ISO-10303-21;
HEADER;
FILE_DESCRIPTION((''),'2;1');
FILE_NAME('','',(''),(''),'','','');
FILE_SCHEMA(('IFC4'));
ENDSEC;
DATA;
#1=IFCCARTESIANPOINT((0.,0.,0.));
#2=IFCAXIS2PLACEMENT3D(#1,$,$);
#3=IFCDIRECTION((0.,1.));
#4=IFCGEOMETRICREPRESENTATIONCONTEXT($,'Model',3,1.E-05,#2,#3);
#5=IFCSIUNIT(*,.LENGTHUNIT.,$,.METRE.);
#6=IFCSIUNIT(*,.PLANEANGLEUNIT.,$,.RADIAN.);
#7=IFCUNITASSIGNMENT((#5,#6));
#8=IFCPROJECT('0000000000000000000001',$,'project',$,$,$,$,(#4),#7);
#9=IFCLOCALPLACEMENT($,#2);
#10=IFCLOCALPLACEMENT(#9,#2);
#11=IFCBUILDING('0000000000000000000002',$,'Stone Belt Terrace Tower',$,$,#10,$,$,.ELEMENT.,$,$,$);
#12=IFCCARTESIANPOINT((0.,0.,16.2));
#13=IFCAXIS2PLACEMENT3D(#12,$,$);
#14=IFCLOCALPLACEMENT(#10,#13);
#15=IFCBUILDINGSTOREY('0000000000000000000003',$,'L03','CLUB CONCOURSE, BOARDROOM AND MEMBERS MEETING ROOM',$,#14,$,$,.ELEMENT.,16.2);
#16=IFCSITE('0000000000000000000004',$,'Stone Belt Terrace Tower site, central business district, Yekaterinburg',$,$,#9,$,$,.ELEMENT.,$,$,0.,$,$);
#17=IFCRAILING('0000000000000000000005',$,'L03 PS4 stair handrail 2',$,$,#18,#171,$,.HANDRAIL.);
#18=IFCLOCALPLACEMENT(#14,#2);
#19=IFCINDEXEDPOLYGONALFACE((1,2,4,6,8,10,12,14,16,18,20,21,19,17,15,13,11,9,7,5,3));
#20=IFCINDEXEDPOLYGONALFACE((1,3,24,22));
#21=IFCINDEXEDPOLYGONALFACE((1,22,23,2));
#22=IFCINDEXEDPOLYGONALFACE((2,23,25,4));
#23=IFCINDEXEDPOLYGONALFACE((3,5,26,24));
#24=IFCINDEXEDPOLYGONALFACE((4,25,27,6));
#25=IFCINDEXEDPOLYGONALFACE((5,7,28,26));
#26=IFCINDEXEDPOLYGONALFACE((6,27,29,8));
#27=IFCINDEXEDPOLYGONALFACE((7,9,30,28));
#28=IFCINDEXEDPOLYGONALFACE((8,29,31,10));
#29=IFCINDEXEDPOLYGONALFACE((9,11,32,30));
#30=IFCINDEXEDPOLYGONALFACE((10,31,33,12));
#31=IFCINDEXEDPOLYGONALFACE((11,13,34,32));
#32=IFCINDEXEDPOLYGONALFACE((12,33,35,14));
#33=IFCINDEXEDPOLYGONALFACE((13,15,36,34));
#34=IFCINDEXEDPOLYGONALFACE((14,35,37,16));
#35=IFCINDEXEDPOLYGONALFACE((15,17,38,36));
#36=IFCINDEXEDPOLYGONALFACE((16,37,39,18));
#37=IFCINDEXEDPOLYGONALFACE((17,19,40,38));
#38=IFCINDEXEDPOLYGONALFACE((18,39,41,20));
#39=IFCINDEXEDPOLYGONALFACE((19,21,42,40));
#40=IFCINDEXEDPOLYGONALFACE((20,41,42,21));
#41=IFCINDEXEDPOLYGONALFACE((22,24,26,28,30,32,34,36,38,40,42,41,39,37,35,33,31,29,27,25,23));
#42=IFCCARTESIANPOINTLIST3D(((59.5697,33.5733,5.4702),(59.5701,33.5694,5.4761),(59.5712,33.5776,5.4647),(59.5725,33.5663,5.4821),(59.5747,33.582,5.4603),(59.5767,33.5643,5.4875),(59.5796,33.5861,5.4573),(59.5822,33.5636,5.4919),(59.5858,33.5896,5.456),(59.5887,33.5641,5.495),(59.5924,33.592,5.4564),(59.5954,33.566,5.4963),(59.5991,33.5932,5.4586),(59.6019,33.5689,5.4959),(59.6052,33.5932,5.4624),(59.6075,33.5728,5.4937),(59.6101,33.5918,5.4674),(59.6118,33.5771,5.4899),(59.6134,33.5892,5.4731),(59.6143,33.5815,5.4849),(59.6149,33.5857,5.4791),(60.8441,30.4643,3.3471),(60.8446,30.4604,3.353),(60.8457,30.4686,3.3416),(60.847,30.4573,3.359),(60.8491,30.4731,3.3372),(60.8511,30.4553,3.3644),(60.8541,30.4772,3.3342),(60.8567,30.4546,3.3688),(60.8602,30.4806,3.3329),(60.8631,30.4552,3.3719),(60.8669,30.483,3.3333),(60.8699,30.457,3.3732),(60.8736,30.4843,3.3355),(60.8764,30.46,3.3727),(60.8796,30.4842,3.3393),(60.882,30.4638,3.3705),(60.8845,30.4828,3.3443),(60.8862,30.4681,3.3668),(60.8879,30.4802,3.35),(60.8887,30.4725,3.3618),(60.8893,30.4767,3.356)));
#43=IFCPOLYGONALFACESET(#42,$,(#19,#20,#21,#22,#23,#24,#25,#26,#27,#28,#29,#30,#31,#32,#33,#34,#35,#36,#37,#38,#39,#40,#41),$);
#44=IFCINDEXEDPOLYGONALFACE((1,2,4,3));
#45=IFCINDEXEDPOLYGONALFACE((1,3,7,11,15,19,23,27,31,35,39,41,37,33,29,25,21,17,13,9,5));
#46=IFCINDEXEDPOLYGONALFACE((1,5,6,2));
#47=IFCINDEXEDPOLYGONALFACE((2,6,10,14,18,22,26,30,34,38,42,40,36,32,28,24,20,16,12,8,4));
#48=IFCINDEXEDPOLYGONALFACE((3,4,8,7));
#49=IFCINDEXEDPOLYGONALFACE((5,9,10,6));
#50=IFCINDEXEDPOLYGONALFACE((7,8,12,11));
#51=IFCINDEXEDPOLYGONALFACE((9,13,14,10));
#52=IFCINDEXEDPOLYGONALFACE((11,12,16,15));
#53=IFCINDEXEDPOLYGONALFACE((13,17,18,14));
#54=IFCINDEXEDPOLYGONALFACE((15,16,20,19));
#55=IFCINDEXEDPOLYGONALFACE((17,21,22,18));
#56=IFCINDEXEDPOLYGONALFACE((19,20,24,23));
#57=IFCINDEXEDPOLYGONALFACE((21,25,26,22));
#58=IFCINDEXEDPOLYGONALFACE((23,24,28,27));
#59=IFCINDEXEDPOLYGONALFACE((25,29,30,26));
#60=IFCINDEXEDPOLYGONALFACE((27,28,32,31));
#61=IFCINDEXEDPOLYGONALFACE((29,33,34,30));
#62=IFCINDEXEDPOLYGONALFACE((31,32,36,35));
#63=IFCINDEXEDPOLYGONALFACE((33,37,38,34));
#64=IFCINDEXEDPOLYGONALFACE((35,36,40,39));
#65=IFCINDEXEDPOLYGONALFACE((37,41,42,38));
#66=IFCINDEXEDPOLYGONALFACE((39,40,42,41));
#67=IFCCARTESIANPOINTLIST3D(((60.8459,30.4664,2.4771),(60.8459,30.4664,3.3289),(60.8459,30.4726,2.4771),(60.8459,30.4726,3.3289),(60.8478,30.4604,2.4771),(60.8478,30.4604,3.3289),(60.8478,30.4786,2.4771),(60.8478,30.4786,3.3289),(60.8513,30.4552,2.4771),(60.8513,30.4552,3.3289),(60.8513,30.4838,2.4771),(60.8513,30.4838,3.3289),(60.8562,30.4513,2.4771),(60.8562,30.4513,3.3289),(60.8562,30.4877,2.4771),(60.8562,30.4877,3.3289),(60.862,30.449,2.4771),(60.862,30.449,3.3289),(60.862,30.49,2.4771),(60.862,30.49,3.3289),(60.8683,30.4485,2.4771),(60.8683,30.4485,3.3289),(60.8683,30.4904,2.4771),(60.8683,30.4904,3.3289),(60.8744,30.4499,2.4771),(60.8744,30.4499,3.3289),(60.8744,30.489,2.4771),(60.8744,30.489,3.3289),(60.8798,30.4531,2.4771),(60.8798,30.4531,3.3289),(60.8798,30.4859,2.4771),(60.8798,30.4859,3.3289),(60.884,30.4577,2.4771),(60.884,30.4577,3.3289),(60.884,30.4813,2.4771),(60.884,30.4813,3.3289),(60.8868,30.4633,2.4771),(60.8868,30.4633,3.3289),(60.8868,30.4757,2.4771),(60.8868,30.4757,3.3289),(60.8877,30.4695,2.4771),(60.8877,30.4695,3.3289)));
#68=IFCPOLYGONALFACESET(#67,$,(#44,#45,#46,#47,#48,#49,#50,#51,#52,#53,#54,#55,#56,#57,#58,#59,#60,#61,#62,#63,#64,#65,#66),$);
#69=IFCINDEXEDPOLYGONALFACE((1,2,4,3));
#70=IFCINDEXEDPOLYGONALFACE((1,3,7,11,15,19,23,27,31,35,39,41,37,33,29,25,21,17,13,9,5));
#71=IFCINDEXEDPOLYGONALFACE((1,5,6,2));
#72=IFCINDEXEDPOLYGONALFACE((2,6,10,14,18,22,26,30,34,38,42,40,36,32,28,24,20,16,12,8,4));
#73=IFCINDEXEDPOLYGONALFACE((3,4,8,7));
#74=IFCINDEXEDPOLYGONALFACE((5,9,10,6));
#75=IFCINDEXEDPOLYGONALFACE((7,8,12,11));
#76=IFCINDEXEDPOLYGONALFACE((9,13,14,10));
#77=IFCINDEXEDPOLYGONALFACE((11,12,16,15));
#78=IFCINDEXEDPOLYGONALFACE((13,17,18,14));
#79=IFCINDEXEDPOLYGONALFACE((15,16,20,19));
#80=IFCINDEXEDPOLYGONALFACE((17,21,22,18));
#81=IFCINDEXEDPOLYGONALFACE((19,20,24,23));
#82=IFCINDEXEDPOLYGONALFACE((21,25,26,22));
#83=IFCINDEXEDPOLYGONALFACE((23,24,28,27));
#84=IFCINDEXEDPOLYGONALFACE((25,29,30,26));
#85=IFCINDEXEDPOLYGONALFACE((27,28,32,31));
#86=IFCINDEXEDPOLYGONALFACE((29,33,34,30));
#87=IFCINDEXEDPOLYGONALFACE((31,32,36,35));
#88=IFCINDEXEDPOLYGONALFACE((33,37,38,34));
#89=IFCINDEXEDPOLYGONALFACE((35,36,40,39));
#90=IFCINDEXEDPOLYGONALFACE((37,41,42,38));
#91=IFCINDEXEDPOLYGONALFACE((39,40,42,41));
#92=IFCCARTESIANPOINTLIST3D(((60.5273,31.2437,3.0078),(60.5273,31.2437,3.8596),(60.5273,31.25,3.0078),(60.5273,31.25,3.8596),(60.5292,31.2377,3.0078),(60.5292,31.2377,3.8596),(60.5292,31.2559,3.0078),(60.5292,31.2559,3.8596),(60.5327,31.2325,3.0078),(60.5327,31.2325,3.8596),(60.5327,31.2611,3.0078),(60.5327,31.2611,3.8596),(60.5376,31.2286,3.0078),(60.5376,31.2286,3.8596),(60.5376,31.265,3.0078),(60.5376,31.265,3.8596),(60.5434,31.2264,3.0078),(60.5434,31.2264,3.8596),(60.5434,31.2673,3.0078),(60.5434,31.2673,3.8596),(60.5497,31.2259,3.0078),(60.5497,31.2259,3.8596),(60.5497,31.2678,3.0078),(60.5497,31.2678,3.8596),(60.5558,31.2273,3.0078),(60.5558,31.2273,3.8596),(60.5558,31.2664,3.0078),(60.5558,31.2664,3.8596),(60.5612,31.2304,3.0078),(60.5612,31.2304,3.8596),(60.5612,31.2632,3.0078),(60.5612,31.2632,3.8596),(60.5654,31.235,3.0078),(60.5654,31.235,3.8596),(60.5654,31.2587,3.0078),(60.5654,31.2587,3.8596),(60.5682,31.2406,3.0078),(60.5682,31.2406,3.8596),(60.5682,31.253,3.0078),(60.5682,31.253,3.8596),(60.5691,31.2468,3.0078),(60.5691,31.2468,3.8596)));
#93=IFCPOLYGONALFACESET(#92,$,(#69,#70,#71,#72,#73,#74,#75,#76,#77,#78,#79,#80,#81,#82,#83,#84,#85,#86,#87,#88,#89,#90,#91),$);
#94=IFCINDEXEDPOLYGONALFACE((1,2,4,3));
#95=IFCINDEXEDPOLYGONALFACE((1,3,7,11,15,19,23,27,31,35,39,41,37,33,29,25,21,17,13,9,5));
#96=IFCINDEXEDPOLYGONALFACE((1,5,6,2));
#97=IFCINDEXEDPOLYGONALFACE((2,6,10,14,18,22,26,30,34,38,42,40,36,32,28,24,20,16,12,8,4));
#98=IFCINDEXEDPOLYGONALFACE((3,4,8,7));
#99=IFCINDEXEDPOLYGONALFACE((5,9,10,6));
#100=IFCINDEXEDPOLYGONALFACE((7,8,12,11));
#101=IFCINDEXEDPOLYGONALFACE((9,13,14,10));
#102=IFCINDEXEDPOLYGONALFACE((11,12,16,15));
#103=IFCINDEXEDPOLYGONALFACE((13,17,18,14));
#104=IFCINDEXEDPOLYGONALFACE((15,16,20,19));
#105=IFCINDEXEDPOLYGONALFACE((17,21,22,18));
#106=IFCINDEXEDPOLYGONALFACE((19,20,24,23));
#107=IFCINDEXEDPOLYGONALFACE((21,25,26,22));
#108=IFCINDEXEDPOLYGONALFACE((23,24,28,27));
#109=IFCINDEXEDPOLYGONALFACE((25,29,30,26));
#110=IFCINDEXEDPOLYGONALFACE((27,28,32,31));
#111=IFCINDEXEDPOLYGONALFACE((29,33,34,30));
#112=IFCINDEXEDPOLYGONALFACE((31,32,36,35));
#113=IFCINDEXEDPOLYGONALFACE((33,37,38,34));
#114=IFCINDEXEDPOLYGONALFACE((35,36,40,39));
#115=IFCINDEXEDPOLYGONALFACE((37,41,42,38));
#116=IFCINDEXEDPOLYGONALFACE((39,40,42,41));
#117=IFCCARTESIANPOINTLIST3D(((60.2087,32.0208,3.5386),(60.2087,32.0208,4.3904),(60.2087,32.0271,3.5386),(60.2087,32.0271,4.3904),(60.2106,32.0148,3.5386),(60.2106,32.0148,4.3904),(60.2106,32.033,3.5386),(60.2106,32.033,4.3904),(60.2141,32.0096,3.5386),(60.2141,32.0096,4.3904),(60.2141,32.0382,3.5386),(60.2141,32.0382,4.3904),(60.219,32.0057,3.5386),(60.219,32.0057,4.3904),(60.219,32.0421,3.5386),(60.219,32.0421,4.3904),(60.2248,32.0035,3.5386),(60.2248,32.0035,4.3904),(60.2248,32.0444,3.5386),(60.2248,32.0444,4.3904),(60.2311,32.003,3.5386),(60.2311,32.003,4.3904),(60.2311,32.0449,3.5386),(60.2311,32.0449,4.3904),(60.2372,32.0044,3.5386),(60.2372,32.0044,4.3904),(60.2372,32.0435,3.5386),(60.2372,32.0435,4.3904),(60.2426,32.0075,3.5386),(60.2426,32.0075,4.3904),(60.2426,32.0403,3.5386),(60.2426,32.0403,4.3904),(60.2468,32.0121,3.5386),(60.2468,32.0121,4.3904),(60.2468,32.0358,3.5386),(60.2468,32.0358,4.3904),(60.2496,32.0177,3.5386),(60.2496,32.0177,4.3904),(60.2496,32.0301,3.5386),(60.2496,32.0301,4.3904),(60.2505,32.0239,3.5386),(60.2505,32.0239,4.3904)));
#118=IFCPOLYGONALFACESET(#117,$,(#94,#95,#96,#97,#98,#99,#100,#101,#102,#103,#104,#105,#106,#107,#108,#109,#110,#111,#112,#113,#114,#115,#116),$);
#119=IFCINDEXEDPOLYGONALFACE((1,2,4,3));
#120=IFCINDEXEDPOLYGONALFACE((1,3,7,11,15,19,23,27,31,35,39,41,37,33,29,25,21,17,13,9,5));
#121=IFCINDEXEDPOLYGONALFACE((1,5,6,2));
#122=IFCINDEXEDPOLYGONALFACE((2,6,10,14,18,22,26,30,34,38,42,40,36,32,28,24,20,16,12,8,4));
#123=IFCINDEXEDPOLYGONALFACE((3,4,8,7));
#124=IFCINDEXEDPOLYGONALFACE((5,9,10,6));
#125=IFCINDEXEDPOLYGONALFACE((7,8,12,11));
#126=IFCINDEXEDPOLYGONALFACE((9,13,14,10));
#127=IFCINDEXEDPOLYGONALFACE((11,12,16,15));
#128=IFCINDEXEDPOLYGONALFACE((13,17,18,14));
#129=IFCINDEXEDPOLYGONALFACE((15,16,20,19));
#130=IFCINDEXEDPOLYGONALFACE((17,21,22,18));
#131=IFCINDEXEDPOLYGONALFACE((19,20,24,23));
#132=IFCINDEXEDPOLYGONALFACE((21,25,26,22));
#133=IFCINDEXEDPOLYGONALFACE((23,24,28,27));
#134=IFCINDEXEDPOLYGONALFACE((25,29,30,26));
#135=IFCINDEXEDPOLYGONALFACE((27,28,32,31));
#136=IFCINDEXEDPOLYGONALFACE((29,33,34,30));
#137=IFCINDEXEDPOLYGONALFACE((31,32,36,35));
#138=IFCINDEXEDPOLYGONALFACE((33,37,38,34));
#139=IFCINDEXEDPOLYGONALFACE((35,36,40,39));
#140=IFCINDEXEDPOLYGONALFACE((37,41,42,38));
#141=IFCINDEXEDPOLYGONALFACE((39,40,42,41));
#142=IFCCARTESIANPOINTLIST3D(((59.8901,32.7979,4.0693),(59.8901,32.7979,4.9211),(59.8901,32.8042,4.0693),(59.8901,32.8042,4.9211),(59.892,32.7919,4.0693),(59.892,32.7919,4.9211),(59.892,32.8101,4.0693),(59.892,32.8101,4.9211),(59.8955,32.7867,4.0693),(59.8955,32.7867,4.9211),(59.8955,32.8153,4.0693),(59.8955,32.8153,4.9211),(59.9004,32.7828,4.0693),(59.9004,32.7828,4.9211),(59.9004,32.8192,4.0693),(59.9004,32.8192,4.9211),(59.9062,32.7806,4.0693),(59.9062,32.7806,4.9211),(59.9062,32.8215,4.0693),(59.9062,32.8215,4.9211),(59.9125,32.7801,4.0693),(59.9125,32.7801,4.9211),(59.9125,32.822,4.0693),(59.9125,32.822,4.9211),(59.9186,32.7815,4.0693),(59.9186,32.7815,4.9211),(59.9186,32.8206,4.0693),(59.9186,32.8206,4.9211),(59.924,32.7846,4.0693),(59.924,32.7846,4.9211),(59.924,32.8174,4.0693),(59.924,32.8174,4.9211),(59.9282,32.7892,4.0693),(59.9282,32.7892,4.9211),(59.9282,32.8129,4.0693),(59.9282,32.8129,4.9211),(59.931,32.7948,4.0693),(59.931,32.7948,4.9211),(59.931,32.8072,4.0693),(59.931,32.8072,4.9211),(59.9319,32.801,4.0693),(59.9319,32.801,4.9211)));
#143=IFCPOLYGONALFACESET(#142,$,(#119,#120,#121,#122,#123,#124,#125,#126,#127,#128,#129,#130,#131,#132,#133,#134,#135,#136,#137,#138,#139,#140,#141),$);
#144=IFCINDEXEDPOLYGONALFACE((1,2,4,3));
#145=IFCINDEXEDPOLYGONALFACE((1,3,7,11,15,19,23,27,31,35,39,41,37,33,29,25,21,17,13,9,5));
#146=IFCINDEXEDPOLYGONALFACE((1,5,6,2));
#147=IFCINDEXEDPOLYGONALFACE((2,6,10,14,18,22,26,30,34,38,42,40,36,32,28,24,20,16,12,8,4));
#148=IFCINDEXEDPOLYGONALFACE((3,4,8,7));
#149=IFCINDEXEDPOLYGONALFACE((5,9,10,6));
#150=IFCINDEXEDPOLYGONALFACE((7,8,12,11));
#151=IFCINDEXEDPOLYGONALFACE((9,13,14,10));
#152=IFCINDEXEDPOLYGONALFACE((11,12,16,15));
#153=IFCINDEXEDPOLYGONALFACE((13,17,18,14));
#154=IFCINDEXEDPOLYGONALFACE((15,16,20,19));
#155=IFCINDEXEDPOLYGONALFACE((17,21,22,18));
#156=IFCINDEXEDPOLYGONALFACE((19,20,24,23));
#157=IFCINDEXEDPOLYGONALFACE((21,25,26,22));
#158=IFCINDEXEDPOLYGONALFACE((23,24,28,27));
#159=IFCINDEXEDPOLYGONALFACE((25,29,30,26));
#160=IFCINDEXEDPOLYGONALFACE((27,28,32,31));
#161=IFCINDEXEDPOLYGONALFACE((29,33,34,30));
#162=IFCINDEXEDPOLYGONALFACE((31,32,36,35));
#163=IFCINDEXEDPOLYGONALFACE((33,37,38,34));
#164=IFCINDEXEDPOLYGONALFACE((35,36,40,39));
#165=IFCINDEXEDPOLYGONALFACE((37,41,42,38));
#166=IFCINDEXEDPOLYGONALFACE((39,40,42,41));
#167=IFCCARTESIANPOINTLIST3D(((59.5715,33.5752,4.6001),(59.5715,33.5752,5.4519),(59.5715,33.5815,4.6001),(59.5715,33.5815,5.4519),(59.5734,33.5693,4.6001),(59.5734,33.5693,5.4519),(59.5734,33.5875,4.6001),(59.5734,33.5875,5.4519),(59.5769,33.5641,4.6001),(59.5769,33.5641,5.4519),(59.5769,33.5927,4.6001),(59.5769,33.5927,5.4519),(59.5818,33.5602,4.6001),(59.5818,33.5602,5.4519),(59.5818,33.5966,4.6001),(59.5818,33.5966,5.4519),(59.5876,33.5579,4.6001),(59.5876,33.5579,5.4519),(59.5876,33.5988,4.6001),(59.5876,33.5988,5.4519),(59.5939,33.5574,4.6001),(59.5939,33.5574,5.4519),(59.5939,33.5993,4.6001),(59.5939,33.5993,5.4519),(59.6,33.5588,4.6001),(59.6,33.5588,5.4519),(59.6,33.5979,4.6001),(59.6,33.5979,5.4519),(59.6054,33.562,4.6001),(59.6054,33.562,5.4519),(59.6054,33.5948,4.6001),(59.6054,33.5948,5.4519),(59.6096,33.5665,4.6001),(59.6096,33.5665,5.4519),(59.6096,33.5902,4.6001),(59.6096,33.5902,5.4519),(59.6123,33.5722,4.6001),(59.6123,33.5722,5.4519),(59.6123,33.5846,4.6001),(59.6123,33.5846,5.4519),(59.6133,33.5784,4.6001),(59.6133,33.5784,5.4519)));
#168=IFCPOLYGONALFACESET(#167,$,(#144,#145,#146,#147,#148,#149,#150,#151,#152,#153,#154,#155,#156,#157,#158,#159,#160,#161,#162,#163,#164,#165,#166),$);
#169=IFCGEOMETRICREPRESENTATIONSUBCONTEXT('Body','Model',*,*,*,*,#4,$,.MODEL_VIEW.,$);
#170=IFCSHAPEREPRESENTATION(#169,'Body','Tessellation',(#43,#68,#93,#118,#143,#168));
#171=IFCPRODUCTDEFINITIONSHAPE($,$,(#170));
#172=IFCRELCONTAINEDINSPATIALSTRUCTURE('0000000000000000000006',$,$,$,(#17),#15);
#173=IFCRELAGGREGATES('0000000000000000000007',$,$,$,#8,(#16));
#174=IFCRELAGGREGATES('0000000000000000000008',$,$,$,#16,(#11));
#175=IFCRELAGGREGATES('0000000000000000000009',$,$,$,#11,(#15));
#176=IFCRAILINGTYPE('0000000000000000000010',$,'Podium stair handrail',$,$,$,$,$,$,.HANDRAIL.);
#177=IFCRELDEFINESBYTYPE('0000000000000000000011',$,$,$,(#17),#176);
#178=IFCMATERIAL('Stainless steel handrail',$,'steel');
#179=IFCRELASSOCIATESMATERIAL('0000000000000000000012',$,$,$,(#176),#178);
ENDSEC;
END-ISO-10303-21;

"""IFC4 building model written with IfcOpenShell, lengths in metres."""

from ifc_helpers import new_model, si_unit, direction, frame, origin, origin_2d, place, context, subcontext, project, spatial, circle, extrude, material, type_object, element, save


model = new_model("IFC4")

# Units and contexts
model_context = context("Model", 3, precision=1e-05, world=origin(), true_north=direction((0.0, 1.0)))
body_context = subcontext(model_context, "Body", "Model", "MODEL_VIEW")
ifc_project = project(units=[si_unit("LENGTHUNIT", "METRE"), si_unit("PLANEANGLEUNIT", "RADIAN")], contexts=[model_context])

# Site, building, storey
site_placement = place(None, origin())
site = spatial("IfcSite", under=ifc_project, at=site_placement, Name="Stone Belt Terrace Tower site, central business district, Yekaterinburg", CompositionType="ELEMENT", RefElevation=0.0)
building_placement = place(site_placement, origin())
building = spatial("IfcBuilding", under=site, at=building_placement, Name="Stone Belt Terrace Tower", CompositionType="ELEMENT")
storey_placement = place(building_placement, frame((0.0, 0.0, 16.2)))
storey = spatial("IfcBuildingStorey", under=building, at=storey_placement, Name="L03", Description="CLUB CONCOURSE, BOARDROOM AND MEMBERS MEETING ROOM", CompositionType="ELEMENT", Elevation=16.2)

# Railing
ifc_material_1 = material(Name="Stainless steel handrail", Category="steel")
railing_type_1 = type_object("IfcRailingType", Name="Podium stair handrail", PredefinedType="HANDRAIL", material=ifc_material_1)
railing_1_placement = place(storey_placement, frame((60.8667, 30.4695, 2.4771)))
element("IfcRailing", 1, at=railing_1_placement, inside=storey, type_object=railing_type_1, Name="L03 PS4 stair handrail 2", PredefinedType="HANDRAIL", context=body_context, shape_type="SweptSolid", body=[
    extrude(circle(Radius=0.0239, at=origin_2d()), frame((0.0, 0.0, 0.876), z_axis=(-0.320648, 0.782209, 0.534167), x_axis=(-0.925276, -0.379295, 0.0)), (0.0, 0.0, 1.0), 3.9746),
    extrude(circle(Radius=0.021, at=origin_2d()), origin(), (0.0, 0.0, 1.0), 0.8518),
    extrude(circle(Radius=0.021, at=origin_2d()), frame((-0.3186, 0.7773, 0.5308)), (0.0, 0.0, 1.0), 0.8518),
    extrude(circle(Radius=0.021, at=origin_2d()), frame((-0.6372, 1.5544, 1.0615)), (0.0, 0.0, 1.0), 0.8518),
    extrude(circle(Radius=0.021, at=origin_2d()), frame((-0.9558, 2.3315, 1.5923)), (0.0, 0.0, 1.0), 0.8518),
    extrude(circle(Radius=0.021, at=origin_2d()), frame((-1.2744, 3.1089, 2.123)), (0.0, 0.0, 1.0), 0.8518),
])

save(model, "model.ifc")
